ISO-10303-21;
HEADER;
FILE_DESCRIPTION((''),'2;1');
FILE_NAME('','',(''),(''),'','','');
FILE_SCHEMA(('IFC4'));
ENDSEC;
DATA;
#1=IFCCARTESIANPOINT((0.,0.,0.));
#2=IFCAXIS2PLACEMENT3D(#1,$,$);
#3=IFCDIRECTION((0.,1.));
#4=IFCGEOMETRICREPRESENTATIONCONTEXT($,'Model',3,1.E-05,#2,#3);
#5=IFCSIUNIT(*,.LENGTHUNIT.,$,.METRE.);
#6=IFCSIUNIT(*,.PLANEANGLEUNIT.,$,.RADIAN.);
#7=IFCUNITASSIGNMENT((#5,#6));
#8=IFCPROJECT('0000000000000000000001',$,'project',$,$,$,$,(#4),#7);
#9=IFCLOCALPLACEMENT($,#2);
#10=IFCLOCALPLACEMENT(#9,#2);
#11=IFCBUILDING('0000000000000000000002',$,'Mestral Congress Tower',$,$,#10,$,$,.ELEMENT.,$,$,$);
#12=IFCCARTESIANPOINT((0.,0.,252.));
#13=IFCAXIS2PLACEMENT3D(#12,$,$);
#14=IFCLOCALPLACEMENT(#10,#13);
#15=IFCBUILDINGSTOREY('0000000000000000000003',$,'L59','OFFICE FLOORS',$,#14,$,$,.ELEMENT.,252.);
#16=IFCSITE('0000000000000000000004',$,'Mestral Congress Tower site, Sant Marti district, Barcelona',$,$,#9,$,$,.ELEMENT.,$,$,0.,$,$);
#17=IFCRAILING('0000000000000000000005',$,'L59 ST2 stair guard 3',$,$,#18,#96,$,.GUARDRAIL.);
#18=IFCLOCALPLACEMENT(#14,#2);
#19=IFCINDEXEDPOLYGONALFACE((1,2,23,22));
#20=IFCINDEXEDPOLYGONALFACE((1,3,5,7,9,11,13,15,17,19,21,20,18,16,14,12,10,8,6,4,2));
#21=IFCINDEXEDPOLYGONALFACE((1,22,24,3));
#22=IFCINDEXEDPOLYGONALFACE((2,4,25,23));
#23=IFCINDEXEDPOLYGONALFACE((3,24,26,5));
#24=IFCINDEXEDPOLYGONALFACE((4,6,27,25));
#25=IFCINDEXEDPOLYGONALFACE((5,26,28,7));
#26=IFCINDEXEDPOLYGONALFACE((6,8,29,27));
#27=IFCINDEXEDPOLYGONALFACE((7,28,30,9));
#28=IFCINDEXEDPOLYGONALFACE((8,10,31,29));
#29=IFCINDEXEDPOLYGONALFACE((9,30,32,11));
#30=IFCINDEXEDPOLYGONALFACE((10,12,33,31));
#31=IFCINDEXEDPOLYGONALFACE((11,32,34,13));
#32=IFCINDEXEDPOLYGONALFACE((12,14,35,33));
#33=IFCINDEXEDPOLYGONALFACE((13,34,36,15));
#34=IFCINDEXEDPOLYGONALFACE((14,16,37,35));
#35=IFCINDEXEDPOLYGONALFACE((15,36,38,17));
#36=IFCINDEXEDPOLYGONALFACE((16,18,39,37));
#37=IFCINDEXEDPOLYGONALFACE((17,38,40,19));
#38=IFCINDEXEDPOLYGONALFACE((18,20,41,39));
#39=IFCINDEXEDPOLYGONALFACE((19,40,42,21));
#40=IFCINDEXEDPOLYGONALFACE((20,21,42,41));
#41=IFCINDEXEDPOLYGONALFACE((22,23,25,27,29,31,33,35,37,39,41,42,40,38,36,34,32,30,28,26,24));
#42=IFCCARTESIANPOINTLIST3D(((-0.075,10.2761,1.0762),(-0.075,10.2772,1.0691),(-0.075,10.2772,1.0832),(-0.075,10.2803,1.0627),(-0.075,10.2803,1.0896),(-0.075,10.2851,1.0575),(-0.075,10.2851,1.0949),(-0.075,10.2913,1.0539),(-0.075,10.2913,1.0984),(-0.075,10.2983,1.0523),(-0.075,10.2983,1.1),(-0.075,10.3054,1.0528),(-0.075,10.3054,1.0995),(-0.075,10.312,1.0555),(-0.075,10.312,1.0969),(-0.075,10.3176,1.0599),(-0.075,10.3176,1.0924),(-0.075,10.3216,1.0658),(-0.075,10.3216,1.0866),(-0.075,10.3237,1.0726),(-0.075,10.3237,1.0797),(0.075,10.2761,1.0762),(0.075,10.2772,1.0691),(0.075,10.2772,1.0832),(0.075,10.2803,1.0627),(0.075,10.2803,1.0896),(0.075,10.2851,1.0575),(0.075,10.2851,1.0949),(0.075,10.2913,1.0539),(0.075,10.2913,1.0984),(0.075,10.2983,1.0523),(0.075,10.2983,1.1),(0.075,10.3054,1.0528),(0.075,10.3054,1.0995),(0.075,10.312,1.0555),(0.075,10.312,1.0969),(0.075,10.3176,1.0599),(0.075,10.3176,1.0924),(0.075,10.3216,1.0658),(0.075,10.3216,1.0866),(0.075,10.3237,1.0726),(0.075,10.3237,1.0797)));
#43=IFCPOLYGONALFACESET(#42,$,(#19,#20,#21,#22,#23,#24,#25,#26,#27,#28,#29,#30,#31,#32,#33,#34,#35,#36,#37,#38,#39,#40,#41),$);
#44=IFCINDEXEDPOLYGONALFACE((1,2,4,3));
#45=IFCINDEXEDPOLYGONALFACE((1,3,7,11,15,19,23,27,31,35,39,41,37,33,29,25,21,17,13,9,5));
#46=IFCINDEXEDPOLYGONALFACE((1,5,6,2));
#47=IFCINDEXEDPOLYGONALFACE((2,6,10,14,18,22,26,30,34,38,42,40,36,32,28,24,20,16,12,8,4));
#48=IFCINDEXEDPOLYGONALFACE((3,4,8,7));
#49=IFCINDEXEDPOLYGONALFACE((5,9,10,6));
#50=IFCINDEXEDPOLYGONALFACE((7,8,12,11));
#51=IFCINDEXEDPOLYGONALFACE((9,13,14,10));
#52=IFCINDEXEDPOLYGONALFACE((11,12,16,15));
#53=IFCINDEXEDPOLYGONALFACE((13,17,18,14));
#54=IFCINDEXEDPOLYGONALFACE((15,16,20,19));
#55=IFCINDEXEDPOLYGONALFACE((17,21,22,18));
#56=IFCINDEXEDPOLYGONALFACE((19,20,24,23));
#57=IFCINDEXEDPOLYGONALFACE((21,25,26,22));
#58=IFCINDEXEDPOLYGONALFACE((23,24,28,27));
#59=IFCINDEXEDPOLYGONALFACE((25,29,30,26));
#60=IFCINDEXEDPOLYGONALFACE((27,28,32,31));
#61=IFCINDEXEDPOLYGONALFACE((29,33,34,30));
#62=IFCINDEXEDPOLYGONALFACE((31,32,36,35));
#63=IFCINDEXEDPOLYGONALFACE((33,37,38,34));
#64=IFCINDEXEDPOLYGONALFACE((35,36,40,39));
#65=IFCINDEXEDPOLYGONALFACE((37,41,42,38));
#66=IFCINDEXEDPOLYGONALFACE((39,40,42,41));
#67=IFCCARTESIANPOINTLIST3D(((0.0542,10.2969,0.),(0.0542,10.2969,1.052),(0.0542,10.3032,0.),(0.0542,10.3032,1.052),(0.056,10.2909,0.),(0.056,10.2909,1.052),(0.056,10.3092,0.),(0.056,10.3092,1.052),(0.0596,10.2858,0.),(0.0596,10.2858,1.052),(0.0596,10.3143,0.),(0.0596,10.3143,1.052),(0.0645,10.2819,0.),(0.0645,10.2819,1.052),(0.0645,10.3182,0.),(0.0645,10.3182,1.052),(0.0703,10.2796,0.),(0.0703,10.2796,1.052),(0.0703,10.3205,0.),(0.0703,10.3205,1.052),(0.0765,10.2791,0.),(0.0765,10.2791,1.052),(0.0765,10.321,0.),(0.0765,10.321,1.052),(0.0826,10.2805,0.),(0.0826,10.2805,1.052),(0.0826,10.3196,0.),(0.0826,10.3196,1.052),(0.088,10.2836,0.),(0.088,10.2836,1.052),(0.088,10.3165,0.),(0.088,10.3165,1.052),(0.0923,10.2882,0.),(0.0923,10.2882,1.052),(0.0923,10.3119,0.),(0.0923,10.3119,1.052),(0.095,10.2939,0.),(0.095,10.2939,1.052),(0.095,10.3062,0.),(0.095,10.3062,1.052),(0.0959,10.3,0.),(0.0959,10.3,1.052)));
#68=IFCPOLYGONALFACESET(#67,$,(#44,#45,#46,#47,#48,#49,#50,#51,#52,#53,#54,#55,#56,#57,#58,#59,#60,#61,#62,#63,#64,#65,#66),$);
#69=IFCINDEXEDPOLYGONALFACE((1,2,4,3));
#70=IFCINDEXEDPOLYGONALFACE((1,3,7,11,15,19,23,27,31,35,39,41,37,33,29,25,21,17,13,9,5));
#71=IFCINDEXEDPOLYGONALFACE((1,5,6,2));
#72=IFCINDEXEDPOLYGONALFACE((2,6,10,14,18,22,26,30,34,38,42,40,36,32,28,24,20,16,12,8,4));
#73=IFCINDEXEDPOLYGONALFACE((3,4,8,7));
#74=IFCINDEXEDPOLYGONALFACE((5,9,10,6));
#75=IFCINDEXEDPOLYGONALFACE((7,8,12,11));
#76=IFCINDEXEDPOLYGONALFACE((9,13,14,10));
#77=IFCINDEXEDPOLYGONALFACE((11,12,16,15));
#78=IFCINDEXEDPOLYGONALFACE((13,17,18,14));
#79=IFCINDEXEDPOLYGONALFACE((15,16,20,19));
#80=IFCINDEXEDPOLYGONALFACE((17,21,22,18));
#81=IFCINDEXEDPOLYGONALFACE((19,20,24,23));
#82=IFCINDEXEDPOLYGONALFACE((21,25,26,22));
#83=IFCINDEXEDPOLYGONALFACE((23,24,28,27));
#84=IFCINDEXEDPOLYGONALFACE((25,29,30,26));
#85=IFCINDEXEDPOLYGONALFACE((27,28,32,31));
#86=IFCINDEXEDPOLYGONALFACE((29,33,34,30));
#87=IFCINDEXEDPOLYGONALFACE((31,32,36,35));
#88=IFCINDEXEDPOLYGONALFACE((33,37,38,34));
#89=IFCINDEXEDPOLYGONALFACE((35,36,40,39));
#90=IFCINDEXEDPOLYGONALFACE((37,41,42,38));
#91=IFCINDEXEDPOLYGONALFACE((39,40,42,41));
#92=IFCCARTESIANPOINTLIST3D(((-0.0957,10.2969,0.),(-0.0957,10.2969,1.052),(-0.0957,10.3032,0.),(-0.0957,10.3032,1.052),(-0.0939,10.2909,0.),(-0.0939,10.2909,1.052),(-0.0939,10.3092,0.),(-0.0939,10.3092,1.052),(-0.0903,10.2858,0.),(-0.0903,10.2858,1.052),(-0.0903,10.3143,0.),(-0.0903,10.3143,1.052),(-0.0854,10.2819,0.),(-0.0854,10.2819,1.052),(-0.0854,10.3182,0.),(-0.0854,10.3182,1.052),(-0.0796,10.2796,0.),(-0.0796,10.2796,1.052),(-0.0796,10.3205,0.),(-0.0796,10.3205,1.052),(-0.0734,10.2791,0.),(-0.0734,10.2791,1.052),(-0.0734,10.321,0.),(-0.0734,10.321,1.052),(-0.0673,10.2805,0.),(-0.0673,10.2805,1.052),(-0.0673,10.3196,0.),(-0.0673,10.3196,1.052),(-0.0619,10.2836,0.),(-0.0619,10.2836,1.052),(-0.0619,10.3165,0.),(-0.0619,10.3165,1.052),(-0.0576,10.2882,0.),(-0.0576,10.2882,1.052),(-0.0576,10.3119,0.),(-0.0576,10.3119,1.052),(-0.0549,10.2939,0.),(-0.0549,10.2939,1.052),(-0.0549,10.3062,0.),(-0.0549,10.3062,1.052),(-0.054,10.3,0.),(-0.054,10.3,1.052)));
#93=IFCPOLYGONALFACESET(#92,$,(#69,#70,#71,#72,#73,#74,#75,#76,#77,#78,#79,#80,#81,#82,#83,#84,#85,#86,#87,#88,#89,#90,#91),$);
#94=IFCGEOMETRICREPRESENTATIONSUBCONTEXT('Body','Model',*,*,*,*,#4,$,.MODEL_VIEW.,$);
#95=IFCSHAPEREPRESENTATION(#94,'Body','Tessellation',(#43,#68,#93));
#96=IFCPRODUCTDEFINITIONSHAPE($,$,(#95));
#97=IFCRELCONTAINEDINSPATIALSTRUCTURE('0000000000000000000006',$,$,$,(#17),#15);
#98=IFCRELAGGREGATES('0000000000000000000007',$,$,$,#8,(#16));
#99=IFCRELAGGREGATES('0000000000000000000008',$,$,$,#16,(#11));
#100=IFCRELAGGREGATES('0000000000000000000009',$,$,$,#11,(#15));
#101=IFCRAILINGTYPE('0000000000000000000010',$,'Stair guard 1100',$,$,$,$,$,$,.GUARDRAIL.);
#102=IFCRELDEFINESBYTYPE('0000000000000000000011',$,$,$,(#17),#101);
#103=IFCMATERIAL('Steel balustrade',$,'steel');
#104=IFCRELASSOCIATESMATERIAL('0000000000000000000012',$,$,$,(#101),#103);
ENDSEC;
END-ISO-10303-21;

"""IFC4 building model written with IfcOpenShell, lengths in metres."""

from ifc_helpers import new_model, si_unit, direction, frame, origin, origin_2d, place, context, subcontext, project, spatial, circle, extrude, material, type_object, element, save


model = new_model("IFC4")

# Units and contexts
model_context = context("Model", 3, precision=1e-05, world=origin(), true_north=direction((0.0, 1.0)))
body_context = subcontext(model_context, "Body", "Model", "MODEL_VIEW")
ifc_project = project(units=[si_unit("LENGTHUNIT", "METRE"), si_unit("PLANEANGLEUNIT", "RADIAN")], contexts=[model_context])

# Site, building, storey
site_placement = place(None, origin())
site = spatial("IfcSite", under=ifc_project, at=site_placement, Name="Mestral Congress Tower site, Sant Marti district, Barcelona", CompositionType="ELEMENT", RefElevation=0.0)
building_placement = place(site_placement, origin())
building = spatial("IfcBuilding", under=site, at=building_placement, Name="Mestral Congress Tower", CompositionType="ELEMENT")
storey_placement = place(building_placement, frame((0.0, 0.0, 252.0)))
storey = spatial("IfcBuildingStorey", under=building, at=storey_placement, Name="L59", Description="OFFICE FLOORS", CompositionType="ELEMENT", Elevation=252.0)

# Railing
ifc_material_1 = material(Name="Steel balustrade", Category="steel")
railing_type_1 = type_object("IfcRailingType", Name="Stair guard 1100", PredefinedType="GUARDRAIL", material=ifc_material_1)
railing_1_placement = place(storey_placement, frame((0.075, 10.3, 0.0)))
element("IfcRailing", 1, at=railing_1_placement, inside=storey, type_object=railing_type_1, Name="L59 ST2 stair guard 3", PredefinedType="GUARDRAIL", context=body_context, shape_type="SweptSolid", body=[
    extrude(circle(Radius=0.0239, at=origin_2d()), frame((0.0, 0.0, 1.0762), z_axis=(-1.0, 0.0, 0.0), x_axis=(0.0, -1.0, 0.0)), (0.0, 0.0, 1.0), 0.1499),
    extrude(circle(Radius=0.021, at=origin_2d()), origin(), (0.0, 0.0, 1.0), 1.052),
    extrude(circle(Radius=0.021, at=origin_2d()), frame((-0.1499, 0.0, 0.0)), (0.0, 0.0, 1.0), 1.052),
])

save(model, "model.ifc")
